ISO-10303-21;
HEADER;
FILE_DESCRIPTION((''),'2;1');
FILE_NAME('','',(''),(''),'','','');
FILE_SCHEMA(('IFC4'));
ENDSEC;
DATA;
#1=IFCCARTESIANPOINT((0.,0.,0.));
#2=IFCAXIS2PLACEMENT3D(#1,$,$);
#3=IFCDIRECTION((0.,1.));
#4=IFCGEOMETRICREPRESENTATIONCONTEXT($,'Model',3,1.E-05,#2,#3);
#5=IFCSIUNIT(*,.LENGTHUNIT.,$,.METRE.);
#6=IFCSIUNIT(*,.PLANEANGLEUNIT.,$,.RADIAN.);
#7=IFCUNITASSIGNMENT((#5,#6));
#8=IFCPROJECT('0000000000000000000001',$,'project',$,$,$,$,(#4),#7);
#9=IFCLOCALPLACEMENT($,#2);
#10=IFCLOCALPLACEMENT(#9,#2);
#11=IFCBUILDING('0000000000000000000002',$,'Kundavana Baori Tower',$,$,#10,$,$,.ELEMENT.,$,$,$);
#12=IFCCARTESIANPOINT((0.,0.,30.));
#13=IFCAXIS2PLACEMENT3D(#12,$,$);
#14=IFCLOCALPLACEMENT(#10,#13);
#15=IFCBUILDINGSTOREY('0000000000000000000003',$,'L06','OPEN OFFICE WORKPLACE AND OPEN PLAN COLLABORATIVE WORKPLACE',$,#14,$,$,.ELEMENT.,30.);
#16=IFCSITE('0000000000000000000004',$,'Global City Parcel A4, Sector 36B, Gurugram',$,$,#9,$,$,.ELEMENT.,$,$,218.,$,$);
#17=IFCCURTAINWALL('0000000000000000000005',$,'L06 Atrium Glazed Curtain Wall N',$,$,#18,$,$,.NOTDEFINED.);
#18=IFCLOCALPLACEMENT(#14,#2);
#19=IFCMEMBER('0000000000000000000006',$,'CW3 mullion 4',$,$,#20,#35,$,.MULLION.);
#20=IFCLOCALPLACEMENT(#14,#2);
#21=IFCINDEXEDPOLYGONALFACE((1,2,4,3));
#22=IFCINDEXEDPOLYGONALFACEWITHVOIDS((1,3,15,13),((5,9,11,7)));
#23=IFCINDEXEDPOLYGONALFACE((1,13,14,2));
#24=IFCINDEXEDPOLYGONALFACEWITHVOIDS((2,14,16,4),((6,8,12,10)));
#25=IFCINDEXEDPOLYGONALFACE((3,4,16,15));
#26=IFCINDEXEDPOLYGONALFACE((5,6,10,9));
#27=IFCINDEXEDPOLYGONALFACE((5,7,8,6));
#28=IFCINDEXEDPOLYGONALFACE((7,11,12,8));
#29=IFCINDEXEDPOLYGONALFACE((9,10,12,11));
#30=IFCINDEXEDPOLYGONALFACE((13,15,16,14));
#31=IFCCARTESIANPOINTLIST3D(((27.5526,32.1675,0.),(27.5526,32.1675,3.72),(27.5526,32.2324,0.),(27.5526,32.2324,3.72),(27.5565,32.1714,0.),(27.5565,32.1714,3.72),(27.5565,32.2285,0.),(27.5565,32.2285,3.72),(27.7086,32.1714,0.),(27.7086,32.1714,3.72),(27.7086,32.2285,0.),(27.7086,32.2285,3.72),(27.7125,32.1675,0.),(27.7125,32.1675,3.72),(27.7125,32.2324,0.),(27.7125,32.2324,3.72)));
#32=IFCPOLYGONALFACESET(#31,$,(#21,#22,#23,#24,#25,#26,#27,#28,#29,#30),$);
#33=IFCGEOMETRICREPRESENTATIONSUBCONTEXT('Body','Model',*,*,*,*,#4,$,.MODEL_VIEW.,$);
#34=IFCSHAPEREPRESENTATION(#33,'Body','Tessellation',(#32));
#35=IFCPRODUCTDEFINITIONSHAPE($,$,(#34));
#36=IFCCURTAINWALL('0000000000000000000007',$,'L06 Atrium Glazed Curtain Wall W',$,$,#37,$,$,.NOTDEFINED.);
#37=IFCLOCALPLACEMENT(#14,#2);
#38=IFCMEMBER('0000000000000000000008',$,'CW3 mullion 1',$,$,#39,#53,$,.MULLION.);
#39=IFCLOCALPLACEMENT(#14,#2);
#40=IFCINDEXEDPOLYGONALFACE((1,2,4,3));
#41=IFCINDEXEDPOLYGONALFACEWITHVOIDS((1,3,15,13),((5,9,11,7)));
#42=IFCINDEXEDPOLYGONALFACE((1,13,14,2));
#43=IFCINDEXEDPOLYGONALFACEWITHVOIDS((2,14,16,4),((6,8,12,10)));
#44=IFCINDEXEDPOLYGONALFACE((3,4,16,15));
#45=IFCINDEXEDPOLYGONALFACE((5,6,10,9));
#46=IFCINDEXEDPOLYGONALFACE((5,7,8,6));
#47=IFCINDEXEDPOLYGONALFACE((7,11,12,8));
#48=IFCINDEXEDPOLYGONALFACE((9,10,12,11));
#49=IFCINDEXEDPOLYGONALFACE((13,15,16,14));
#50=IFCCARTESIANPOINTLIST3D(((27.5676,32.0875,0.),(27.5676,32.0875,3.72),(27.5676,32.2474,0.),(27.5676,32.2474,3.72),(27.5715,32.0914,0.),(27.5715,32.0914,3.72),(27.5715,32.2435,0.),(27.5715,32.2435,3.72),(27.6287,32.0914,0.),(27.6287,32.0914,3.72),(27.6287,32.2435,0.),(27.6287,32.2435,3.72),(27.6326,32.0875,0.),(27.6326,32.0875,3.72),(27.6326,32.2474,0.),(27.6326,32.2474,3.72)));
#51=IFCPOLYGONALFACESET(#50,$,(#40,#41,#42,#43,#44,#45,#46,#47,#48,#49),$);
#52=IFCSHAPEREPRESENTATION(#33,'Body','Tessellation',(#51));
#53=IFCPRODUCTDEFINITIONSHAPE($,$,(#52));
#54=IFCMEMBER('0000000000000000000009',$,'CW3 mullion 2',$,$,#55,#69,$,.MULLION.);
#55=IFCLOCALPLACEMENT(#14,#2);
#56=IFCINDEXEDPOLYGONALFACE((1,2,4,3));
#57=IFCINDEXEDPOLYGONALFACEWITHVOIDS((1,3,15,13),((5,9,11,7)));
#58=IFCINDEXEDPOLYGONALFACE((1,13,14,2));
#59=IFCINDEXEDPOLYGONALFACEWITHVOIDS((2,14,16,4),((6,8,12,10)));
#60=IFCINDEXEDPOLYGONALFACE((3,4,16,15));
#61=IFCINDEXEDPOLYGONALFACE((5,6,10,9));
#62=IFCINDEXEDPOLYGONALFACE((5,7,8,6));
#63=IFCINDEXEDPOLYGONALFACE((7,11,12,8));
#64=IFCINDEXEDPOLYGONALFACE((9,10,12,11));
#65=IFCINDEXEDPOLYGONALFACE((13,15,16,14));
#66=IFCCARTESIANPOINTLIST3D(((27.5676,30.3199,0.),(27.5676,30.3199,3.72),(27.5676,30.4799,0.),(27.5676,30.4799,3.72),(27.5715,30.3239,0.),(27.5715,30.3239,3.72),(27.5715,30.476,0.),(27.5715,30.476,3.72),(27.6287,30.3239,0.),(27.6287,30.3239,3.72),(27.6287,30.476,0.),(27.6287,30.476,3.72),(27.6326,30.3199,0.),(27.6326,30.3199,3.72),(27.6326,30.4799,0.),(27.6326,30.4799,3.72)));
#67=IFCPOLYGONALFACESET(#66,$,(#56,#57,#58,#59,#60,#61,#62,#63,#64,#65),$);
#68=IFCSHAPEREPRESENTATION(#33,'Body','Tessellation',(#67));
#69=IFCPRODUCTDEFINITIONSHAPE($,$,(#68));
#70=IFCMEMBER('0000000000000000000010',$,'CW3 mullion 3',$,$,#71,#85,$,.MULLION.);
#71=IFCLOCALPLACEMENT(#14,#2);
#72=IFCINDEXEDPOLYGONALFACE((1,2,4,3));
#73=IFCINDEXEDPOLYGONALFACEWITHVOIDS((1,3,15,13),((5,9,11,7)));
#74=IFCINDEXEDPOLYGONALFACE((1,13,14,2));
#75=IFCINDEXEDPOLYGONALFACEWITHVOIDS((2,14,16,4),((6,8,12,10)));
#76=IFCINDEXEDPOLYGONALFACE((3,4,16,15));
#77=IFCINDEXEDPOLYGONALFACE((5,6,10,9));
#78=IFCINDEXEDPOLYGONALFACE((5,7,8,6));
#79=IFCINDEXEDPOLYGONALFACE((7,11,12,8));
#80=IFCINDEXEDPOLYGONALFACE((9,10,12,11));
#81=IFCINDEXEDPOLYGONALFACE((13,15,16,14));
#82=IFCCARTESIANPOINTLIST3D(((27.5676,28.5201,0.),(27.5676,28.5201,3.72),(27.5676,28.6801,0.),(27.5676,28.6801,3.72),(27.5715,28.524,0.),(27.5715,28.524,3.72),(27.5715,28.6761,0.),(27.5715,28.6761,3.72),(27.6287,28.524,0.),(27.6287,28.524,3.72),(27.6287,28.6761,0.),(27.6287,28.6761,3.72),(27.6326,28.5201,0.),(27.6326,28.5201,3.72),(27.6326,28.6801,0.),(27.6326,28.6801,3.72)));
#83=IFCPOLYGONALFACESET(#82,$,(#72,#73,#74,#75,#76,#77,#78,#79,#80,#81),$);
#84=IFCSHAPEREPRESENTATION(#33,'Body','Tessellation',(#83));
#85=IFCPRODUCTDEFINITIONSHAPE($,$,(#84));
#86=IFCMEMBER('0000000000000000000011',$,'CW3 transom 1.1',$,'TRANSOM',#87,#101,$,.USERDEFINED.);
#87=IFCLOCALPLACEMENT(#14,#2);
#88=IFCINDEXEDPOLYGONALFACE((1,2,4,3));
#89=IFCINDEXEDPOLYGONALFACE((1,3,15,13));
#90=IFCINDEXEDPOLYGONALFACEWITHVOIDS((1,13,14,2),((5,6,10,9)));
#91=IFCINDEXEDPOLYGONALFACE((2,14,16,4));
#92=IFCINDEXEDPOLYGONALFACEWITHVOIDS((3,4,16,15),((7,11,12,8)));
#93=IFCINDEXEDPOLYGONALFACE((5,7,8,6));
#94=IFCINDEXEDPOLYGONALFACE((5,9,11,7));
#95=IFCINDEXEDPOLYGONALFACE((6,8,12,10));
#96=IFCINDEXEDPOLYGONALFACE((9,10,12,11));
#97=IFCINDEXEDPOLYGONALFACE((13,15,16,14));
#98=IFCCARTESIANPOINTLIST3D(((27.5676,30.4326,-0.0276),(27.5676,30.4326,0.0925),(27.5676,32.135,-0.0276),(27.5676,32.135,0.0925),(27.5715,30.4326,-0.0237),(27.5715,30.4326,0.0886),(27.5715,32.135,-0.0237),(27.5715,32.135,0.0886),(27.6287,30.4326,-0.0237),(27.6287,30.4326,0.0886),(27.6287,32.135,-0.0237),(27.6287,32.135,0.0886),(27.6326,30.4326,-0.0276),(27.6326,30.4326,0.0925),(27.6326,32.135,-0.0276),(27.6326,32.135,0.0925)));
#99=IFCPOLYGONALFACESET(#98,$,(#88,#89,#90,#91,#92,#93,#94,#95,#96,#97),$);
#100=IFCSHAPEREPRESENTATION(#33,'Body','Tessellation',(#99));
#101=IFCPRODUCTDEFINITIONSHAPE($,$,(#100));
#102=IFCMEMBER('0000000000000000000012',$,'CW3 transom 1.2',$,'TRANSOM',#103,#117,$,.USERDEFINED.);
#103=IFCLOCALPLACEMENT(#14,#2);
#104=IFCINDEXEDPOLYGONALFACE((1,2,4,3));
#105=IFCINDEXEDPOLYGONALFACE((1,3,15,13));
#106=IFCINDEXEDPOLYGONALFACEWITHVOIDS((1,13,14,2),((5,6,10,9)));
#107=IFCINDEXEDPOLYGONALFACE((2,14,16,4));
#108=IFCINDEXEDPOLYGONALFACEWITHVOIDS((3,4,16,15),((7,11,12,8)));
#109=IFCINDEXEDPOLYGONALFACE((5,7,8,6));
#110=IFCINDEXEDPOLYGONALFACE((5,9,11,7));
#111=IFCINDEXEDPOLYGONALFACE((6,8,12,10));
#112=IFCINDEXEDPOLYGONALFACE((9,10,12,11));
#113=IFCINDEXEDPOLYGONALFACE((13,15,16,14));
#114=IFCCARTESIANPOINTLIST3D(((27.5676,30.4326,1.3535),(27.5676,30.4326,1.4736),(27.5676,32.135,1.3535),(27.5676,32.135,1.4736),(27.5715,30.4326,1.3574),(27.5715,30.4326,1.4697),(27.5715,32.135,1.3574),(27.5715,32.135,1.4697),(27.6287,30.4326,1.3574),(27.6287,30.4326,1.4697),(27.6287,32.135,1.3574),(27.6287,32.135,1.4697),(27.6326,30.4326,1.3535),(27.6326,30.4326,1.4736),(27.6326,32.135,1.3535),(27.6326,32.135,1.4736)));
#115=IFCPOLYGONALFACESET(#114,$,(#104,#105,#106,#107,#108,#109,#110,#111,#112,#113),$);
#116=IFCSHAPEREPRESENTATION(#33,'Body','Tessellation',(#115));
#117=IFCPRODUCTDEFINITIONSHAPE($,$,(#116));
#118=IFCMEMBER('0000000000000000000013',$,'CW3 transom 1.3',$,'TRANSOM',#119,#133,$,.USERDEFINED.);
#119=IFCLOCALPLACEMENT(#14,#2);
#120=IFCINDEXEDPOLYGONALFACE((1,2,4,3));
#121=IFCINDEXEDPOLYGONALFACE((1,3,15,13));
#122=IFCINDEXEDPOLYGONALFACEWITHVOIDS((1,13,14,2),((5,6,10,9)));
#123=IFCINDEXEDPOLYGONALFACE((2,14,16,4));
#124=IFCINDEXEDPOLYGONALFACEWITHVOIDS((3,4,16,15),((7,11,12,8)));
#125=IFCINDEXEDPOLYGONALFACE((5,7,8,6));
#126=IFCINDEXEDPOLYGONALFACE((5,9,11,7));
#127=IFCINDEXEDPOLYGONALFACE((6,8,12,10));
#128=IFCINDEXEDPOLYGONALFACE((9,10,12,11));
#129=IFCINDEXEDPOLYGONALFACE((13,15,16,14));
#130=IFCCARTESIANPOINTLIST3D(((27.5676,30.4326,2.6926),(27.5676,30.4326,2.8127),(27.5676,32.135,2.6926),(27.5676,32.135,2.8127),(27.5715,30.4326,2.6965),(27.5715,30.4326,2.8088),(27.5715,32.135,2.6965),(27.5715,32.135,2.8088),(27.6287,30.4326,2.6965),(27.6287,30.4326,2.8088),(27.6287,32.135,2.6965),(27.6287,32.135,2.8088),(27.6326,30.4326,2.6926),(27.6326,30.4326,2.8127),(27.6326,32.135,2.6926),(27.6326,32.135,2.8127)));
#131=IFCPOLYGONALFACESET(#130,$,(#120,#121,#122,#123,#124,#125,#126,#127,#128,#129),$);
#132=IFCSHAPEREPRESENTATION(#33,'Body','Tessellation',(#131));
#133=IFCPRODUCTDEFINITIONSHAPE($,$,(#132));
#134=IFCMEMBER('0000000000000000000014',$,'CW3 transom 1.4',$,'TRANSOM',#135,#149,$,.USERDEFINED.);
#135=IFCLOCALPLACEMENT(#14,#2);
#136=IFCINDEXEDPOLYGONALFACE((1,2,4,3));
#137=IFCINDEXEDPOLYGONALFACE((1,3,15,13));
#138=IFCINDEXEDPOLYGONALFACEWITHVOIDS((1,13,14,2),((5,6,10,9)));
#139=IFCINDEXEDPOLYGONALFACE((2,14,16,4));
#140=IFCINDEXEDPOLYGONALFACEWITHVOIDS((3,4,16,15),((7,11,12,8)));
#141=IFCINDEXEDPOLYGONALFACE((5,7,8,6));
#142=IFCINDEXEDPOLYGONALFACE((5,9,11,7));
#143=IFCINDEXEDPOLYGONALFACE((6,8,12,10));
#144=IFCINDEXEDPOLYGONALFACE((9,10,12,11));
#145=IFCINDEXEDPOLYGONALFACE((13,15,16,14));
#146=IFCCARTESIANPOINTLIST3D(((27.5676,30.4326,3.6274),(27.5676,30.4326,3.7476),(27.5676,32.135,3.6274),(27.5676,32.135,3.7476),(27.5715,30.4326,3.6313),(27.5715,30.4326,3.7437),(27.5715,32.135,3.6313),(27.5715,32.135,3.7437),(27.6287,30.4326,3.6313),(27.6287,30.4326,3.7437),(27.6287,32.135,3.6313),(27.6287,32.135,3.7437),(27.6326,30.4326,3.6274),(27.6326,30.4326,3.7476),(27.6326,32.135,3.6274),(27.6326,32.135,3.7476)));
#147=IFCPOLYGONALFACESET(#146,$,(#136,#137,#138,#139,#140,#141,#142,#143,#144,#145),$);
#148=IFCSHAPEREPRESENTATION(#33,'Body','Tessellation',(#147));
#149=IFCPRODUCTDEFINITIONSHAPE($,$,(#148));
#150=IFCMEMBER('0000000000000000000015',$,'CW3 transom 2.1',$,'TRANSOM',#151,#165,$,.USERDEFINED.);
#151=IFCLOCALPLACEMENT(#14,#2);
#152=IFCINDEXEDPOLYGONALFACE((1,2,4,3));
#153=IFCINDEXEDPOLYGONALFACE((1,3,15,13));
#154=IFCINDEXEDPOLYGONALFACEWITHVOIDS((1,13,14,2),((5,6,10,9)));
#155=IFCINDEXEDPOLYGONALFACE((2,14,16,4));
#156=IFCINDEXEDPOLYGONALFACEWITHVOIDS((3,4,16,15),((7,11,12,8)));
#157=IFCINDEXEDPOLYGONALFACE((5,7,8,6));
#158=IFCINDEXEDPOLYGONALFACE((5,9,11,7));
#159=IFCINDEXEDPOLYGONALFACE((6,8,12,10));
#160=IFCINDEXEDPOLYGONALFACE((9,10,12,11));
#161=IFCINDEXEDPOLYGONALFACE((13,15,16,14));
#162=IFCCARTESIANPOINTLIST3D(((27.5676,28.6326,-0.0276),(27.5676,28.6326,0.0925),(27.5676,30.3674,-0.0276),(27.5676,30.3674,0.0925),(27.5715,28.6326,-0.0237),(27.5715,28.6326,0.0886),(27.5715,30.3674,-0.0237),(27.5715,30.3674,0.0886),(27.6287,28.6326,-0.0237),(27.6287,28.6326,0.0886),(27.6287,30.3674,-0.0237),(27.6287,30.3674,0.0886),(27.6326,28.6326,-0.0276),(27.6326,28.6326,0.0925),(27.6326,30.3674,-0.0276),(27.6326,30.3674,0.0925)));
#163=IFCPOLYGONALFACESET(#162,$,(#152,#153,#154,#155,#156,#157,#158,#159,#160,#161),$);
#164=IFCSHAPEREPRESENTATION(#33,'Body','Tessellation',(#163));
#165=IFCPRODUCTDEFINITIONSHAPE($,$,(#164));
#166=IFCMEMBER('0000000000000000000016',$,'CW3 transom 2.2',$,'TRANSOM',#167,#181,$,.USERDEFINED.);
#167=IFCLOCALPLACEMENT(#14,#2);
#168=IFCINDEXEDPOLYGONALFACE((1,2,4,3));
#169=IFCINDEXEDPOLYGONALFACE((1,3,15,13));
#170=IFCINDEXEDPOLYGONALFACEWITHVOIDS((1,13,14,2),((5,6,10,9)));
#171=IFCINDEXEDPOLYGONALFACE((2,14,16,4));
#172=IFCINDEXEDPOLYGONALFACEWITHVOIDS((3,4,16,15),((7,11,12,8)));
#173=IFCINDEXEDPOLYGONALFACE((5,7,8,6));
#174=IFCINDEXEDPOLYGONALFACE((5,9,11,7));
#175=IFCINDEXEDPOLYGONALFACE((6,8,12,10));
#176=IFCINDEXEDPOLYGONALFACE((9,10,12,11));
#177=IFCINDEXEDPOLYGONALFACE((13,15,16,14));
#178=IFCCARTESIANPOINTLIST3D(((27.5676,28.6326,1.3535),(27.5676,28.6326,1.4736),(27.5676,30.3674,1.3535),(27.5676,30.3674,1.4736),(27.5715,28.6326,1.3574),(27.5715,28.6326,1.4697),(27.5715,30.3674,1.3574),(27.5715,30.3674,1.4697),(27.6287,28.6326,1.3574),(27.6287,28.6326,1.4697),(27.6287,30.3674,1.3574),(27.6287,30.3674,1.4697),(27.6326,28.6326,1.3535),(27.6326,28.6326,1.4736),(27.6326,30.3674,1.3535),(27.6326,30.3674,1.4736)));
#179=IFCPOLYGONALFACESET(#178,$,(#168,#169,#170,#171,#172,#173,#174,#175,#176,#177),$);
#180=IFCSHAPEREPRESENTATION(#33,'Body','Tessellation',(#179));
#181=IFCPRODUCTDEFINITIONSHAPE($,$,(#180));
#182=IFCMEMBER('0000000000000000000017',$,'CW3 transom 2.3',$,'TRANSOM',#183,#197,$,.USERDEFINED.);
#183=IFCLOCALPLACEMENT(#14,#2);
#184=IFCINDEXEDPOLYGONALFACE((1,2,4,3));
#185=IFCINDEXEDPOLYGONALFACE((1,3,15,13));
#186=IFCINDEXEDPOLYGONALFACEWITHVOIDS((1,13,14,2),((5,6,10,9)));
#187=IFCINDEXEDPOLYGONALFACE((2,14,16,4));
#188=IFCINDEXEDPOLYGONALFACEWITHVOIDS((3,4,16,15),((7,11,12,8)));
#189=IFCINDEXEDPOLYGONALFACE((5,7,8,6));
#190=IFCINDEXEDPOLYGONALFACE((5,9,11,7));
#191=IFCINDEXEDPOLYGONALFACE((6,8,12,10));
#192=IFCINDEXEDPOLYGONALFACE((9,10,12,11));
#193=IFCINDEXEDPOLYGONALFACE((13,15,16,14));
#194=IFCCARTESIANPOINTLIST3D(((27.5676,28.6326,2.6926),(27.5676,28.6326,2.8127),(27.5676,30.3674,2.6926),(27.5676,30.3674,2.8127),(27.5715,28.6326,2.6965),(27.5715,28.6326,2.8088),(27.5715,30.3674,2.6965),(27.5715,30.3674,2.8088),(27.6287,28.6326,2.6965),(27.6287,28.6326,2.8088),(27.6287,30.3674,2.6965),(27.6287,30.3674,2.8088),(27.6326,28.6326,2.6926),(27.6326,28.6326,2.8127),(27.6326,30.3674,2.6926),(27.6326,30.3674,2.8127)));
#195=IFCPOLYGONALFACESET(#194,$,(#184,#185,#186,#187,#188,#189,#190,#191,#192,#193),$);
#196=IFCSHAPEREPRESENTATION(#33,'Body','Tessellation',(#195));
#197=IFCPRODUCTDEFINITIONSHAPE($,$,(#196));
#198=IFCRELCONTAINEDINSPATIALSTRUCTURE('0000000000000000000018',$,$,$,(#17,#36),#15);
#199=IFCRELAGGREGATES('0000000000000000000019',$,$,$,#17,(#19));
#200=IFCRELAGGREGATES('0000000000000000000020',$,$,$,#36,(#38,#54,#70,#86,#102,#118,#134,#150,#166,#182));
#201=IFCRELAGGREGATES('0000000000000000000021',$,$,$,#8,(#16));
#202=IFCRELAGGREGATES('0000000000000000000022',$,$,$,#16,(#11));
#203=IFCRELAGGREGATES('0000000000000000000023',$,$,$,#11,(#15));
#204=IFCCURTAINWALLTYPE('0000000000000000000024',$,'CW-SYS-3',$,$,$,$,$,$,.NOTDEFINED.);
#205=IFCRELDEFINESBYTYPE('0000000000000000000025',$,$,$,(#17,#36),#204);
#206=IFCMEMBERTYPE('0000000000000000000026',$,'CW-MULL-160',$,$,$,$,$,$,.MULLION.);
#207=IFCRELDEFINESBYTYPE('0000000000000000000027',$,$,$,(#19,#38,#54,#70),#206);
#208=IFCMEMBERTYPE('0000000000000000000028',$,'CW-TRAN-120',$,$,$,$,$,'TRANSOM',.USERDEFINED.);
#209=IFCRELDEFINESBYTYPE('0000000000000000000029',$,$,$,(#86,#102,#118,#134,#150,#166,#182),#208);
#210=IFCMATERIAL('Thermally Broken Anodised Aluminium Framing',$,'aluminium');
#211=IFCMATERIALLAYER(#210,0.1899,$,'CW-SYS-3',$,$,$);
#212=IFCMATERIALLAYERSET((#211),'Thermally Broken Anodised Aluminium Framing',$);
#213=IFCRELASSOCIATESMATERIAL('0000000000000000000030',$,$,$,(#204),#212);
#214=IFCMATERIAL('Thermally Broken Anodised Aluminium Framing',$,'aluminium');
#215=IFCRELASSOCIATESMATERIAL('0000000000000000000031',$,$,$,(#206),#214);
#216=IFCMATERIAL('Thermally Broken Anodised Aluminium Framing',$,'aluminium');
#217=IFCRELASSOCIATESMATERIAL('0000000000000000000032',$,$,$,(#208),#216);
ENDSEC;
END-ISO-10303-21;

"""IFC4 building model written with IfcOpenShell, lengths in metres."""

from ifc_helpers import new_model, si_unit, direction, frame, origin, origin_2d, place, context, subcontext, project, spatial, hollow_rectangle, extrude, material, layer, layer_set, material_profile, profile_set, type_object, element, aggregate, save


model = new_model("IFC4")

# Units and contexts
model_context = context("Model", 3, precision=1e-05, world=origin(), true_north=direction((0.0, 1.0)))
body_context = subcontext(model_context, "Body", "Model", "MODEL_VIEW")
ifc_project = project(units=[si_unit("LENGTHUNIT", "METRE"), si_unit("PLANEANGLEUNIT", "RADIAN")], contexts=[model_context])

# Site, building, storey
site_placement = place(None, origin())
site = spatial("IfcSite", under=ifc_project, at=site_placement, Name="Global City Parcel A4, Sector 36B, Gurugram", CompositionType="ELEMENT", RefElevation=218.0)
building_placement = place(site_placement, origin())
building = spatial("IfcBuilding", under=site, at=building_placement, Name="Kundavana Baori Tower", CompositionType="ELEMENT")
storey_placement = place(building_placement, frame((0.0, 0.0, 30.0)))
storey = spatial("IfcBuildingStorey", under=building, at=storey_placement, Name="L06", Description="OPEN OFFICE WORKPLACE AND OPEN PLAN COLLABORATIVE WORKPLACE", CompositionType="ELEMENT", Elevation=30.0)

# Curtain wall, member
ifc_material_1 = material(Name="Thermally Broken Anodised Aluminium Framing", Category="aluminium")
ifc_layer_1 = layer(ifc_material_1, 0.1899, Name="CW-SYS-3")
ifc_layer_set_1 = layer_set([ifc_layer_1], Name="Thermally Broken Anodised Aluminium Framing")
curtain_wall_type = type_object("IfcCurtainWallType", Name="CW-SYS-3", PredefinedType="NOTDEFINED", material=ifc_layer_set_1)
curtain_wall_1_placement = place(storey_placement, origin())
curtain_wall_1 = element("IfcCurtainWall", 1, at=curtain_wall_1_placement, inside=storey, type_object=curtain_wall_type, Name="L06 Atrium Glazed Curtain Wall N", PredefinedType="NOTDEFINED")
ifc_material_2 = material(Name="Thermally Broken Anodised Aluminium Framing", Category="aluminium")
ifc_material_profile_1 = material_profile(ifc_material_2, hollow_rectangle(XDim=0.0649, YDim=0.1599, WallThickness=0.0039, at=origin_2d()), Name="CW-MULL-160")
ifc_profile_set_1 = profile_set([ifc_material_profile_1], Name="Thermally Broken Anodised Aluminium Framing")
member_type_1 = type_object("IfcMemberType", Name="CW-MULL-160", PredefinedType="MULLION", material=ifc_profile_set_1)
member_1_placement = place(storey_placement, frame((27.6326, 32.2, 0.0), z_axis=(0.0, 0.0, 1.0), x_axis=(0.0, -1.0, 0.0)))
member_1 = element("IfcMember", 2, at=member_1_placement, type_object=member_type_1, Name="CW3 mullion 4", PredefinedType="MULLION", context=body_context, shape_type="SweptSolid", body=[
    extrude(hollow_rectangle(XDim=0.0649, YDim=0.1599, WallThickness=0.0039, at=origin_2d()), origin(), (0.0, 0.0, 1.0), 3.72),
])
aggregate(curtain_wall_1, [member_1])

# Curtain wall, members
curtain_wall_2_placement = place(storey_placement, origin())
curtain_wall_2 = element("IfcCurtainWall", 3, at=curtain_wall_2_placement, inside=storey, type_object=curtain_wall_type, Name="L06 Atrium Glazed Curtain Wall W", PredefinedType="NOTDEFINED")
member_2_placement = place(storey_placement, frame((27.6001, 32.1675, 0.0), z_axis=(0.0, 0.0, 1.0), x_axis=(1.0, 0.0, 0.0)))
member_2 = element("IfcMember", 4, at=member_2_placement, type_object=member_type_1, Name="CW3 mullion 1", PredefinedType="MULLION", context=body_context, shape_type="SweptSolid", body=[
    extrude(hollow_rectangle(XDim=0.0649, YDim=0.1599, WallThickness=0.0039, at=origin_2d()), origin(), (0.0, 0.0, 1.0), 3.72),
])
member_3_placement = place(storey_placement, frame((27.6001, 30.3999, 0.0), z_axis=(0.0, 0.0, 1.0), x_axis=(1.0, 0.0, 0.0)))
member_3 = element("IfcMember", 5, at=member_3_placement, type_object=member_type_1, Name="CW3 mullion 2", PredefinedType="MULLION", context=body_context, shape_type="SweptSolid", body=[
    extrude(hollow_rectangle(XDim=0.0649, YDim=0.1599, WallThickness=0.0039, at=origin_2d()), origin(), (0.0, 0.0, 1.0), 3.72),
])
member_4_placement = place(storey_placement, frame((27.6001, 28.6001, 0.0), z_axis=(0.0, 0.0, 1.0), x_axis=(1.0, 0.0, 0.0)))
member_4 = element("IfcMember", 6, at=member_4_placement, type_object=member_type_1, Name="CW3 mullion 3", PredefinedType="MULLION", context=body_context, shape_type="SweptSolid", body=[
    extrude(hollow_rectangle(XDim=0.0649, YDim=0.1599, WallThickness=0.0039, at=origin_2d()), origin(), (0.0, 0.0, 1.0), 3.72),
])
ifc_material_3 = material(Name="Thermally Broken Anodised Aluminium Framing", Category="aluminium")
ifc_material_profile_2 = material_profile(ifc_material_3, hollow_rectangle(XDim=0.0649, YDim=0.1201, WallThickness=0.0039, at=origin_2d()), Name="CW-TRAN-120")
ifc_profile_set_2 = profile_set([ifc_material_profile_2], Name="Thermally Broken Anodised Aluminium Framing")
member_type_2 = type_object("IfcMemberType", Name="CW-TRAN-120", ElementType="TRANSOM", PredefinedType="USERDEFINED", material=ifc_profile_set_2)
member_5_placement = place(storey_placement, frame((27.6001, 32.135, 0.0325), z_axis=(0.0, -1.0, 0.0), x_axis=(1.0, 0.0, 0.0)))
member_5 = element("IfcMember", 7, at=member_5_placement, type_object=member_type_2, Name="CW3 transom 1.1", ObjectType="TRANSOM", PredefinedType="USERDEFINED", context=body_context, shape_type="SweptSolid", body=[
    extrude(hollow_rectangle(XDim=0.0649, YDim=0.1201, WallThickness=0.0039, at=origin_2d()), origin(), (0.0, 0.0, 1.0), 1.7024),
])
member_6_placement = place(storey_placement, frame((27.6001, 32.135, 1.4136), z_axis=(0.0, -1.0, 0.0), x_axis=(1.0, 0.0, 0.0)))
member_6 = element("IfcMember", 8, at=member_6_placement, type_object=member_type_2, Name="CW3 transom 1.2", ObjectType="TRANSOM", PredefinedType="USERDEFINED", context=body_context, shape_type="SweptSolid", body=[
    extrude(hollow_rectangle(XDim=0.0649, YDim=0.1201, WallThickness=0.0039, at=origin_2d()), origin(), (0.0, 0.0, 1.0), 1.7024),
])
member_7_placement = place(storey_placement, frame((27.6001, 32.135, 2.7527), z_axis=(0.0, -1.0, 0.0), x_axis=(1.0, 0.0, 0.0)))
member_7 = element("IfcMember", 9, at=member_7_placement, type_object=member_type_2, Name="CW3 transom 1.3", ObjectType="TRANSOM", PredefinedType="USERDEFINED", context=body_context, shape_type="SweptSolid", body=[
    extrude(hollow_rectangle(XDim=0.0649, YDim=0.1201, WallThickness=0.0039, at=origin_2d()), origin(), (0.0, 0.0, 1.0), 1.7024),
])
member_8_placement = place(storey_placement, frame((27.6001, 32.135, 3.6875), z_axis=(0.0, -1.0, 0.0), x_axis=(1.0, 0.0, 0.0)))
member_8 = element("IfcMember", 10, at=member_8_placement, type_object=member_type_2, Name="CW3 transom 1.4", ObjectType="TRANSOM", PredefinedType="USERDEFINED", context=body_context, shape_type="SweptSolid", body=[
    extrude(hollow_rectangle(XDim=0.0649, YDim=0.1201, WallThickness=0.0039, at=origin_2d()), origin(), (0.0, 0.0, 1.0), 1.7024),
])
member_9_placement = place(storey_placement, frame((27.6001, 30.3674, 0.0325), z_axis=(0.0, -1.0, 0.0), x_axis=(1.0, 0.0, 0.0)))
member_9 = element("IfcMember", 11, at=member_9_placement, type_object=member_type_2, Name="CW3 transom 2.1", ObjectType="TRANSOM", PredefinedType="USERDEFINED", context=body_context, shape_type="SweptSolid", body=[
    extrude(hollow_rectangle(XDim=0.0649, YDim=0.1201, WallThickness=0.0039, at=origin_2d()), origin(), (0.0, 0.0, 1.0), 1.7349),
])
member_10_placement = place(storey_placement, frame((27.6001, 30.3674, 1.4136), z_axis=(0.0, -1.0, 0.0), x_axis=(1.0, 0.0, 0.0)))
member_10 = element("IfcMember", 12, at=member_10_placement, type_object=member_type_2, Name="CW3 transom 2.2", ObjectType="TRANSOM", PredefinedType="USERDEFINED", context=body_context, shape_type="SweptSolid", body=[
    extrude(hollow_rectangle(XDim=0.0649, YDim=0.1201, WallThickness=0.0039, at=origin_2d()), origin(), (0.0, 0.0, 1.0), 1.7349),
])
member_11_placement = place(storey_placement, frame((27.6001, 30.3674, 2.7527), z_axis=(0.0, -1.0, 0.0), x_axis=(1.0, 0.0, 0.0)))
member_11 = element("IfcMember", 13, at=member_11_placement, type_object=member_type_2, Name="CW3 transom 2.3", ObjectType="TRANSOM", PredefinedType="USERDEFINED", context=body_context, shape_type="SweptSolid", body=[
    extrude(hollow_rectangle(XDim=0.0649, YDim=0.1201, WallThickness=0.0039, at=origin_2d()), origin(), (0.0, 0.0, 1.0), 1.7349),
])
aggregate(curtain_wall_2, [member_2, member_3, member_4, member_5, member_6, member_7, member_8, member_9, member_10, member_11])

save(model, "model.ifc")
